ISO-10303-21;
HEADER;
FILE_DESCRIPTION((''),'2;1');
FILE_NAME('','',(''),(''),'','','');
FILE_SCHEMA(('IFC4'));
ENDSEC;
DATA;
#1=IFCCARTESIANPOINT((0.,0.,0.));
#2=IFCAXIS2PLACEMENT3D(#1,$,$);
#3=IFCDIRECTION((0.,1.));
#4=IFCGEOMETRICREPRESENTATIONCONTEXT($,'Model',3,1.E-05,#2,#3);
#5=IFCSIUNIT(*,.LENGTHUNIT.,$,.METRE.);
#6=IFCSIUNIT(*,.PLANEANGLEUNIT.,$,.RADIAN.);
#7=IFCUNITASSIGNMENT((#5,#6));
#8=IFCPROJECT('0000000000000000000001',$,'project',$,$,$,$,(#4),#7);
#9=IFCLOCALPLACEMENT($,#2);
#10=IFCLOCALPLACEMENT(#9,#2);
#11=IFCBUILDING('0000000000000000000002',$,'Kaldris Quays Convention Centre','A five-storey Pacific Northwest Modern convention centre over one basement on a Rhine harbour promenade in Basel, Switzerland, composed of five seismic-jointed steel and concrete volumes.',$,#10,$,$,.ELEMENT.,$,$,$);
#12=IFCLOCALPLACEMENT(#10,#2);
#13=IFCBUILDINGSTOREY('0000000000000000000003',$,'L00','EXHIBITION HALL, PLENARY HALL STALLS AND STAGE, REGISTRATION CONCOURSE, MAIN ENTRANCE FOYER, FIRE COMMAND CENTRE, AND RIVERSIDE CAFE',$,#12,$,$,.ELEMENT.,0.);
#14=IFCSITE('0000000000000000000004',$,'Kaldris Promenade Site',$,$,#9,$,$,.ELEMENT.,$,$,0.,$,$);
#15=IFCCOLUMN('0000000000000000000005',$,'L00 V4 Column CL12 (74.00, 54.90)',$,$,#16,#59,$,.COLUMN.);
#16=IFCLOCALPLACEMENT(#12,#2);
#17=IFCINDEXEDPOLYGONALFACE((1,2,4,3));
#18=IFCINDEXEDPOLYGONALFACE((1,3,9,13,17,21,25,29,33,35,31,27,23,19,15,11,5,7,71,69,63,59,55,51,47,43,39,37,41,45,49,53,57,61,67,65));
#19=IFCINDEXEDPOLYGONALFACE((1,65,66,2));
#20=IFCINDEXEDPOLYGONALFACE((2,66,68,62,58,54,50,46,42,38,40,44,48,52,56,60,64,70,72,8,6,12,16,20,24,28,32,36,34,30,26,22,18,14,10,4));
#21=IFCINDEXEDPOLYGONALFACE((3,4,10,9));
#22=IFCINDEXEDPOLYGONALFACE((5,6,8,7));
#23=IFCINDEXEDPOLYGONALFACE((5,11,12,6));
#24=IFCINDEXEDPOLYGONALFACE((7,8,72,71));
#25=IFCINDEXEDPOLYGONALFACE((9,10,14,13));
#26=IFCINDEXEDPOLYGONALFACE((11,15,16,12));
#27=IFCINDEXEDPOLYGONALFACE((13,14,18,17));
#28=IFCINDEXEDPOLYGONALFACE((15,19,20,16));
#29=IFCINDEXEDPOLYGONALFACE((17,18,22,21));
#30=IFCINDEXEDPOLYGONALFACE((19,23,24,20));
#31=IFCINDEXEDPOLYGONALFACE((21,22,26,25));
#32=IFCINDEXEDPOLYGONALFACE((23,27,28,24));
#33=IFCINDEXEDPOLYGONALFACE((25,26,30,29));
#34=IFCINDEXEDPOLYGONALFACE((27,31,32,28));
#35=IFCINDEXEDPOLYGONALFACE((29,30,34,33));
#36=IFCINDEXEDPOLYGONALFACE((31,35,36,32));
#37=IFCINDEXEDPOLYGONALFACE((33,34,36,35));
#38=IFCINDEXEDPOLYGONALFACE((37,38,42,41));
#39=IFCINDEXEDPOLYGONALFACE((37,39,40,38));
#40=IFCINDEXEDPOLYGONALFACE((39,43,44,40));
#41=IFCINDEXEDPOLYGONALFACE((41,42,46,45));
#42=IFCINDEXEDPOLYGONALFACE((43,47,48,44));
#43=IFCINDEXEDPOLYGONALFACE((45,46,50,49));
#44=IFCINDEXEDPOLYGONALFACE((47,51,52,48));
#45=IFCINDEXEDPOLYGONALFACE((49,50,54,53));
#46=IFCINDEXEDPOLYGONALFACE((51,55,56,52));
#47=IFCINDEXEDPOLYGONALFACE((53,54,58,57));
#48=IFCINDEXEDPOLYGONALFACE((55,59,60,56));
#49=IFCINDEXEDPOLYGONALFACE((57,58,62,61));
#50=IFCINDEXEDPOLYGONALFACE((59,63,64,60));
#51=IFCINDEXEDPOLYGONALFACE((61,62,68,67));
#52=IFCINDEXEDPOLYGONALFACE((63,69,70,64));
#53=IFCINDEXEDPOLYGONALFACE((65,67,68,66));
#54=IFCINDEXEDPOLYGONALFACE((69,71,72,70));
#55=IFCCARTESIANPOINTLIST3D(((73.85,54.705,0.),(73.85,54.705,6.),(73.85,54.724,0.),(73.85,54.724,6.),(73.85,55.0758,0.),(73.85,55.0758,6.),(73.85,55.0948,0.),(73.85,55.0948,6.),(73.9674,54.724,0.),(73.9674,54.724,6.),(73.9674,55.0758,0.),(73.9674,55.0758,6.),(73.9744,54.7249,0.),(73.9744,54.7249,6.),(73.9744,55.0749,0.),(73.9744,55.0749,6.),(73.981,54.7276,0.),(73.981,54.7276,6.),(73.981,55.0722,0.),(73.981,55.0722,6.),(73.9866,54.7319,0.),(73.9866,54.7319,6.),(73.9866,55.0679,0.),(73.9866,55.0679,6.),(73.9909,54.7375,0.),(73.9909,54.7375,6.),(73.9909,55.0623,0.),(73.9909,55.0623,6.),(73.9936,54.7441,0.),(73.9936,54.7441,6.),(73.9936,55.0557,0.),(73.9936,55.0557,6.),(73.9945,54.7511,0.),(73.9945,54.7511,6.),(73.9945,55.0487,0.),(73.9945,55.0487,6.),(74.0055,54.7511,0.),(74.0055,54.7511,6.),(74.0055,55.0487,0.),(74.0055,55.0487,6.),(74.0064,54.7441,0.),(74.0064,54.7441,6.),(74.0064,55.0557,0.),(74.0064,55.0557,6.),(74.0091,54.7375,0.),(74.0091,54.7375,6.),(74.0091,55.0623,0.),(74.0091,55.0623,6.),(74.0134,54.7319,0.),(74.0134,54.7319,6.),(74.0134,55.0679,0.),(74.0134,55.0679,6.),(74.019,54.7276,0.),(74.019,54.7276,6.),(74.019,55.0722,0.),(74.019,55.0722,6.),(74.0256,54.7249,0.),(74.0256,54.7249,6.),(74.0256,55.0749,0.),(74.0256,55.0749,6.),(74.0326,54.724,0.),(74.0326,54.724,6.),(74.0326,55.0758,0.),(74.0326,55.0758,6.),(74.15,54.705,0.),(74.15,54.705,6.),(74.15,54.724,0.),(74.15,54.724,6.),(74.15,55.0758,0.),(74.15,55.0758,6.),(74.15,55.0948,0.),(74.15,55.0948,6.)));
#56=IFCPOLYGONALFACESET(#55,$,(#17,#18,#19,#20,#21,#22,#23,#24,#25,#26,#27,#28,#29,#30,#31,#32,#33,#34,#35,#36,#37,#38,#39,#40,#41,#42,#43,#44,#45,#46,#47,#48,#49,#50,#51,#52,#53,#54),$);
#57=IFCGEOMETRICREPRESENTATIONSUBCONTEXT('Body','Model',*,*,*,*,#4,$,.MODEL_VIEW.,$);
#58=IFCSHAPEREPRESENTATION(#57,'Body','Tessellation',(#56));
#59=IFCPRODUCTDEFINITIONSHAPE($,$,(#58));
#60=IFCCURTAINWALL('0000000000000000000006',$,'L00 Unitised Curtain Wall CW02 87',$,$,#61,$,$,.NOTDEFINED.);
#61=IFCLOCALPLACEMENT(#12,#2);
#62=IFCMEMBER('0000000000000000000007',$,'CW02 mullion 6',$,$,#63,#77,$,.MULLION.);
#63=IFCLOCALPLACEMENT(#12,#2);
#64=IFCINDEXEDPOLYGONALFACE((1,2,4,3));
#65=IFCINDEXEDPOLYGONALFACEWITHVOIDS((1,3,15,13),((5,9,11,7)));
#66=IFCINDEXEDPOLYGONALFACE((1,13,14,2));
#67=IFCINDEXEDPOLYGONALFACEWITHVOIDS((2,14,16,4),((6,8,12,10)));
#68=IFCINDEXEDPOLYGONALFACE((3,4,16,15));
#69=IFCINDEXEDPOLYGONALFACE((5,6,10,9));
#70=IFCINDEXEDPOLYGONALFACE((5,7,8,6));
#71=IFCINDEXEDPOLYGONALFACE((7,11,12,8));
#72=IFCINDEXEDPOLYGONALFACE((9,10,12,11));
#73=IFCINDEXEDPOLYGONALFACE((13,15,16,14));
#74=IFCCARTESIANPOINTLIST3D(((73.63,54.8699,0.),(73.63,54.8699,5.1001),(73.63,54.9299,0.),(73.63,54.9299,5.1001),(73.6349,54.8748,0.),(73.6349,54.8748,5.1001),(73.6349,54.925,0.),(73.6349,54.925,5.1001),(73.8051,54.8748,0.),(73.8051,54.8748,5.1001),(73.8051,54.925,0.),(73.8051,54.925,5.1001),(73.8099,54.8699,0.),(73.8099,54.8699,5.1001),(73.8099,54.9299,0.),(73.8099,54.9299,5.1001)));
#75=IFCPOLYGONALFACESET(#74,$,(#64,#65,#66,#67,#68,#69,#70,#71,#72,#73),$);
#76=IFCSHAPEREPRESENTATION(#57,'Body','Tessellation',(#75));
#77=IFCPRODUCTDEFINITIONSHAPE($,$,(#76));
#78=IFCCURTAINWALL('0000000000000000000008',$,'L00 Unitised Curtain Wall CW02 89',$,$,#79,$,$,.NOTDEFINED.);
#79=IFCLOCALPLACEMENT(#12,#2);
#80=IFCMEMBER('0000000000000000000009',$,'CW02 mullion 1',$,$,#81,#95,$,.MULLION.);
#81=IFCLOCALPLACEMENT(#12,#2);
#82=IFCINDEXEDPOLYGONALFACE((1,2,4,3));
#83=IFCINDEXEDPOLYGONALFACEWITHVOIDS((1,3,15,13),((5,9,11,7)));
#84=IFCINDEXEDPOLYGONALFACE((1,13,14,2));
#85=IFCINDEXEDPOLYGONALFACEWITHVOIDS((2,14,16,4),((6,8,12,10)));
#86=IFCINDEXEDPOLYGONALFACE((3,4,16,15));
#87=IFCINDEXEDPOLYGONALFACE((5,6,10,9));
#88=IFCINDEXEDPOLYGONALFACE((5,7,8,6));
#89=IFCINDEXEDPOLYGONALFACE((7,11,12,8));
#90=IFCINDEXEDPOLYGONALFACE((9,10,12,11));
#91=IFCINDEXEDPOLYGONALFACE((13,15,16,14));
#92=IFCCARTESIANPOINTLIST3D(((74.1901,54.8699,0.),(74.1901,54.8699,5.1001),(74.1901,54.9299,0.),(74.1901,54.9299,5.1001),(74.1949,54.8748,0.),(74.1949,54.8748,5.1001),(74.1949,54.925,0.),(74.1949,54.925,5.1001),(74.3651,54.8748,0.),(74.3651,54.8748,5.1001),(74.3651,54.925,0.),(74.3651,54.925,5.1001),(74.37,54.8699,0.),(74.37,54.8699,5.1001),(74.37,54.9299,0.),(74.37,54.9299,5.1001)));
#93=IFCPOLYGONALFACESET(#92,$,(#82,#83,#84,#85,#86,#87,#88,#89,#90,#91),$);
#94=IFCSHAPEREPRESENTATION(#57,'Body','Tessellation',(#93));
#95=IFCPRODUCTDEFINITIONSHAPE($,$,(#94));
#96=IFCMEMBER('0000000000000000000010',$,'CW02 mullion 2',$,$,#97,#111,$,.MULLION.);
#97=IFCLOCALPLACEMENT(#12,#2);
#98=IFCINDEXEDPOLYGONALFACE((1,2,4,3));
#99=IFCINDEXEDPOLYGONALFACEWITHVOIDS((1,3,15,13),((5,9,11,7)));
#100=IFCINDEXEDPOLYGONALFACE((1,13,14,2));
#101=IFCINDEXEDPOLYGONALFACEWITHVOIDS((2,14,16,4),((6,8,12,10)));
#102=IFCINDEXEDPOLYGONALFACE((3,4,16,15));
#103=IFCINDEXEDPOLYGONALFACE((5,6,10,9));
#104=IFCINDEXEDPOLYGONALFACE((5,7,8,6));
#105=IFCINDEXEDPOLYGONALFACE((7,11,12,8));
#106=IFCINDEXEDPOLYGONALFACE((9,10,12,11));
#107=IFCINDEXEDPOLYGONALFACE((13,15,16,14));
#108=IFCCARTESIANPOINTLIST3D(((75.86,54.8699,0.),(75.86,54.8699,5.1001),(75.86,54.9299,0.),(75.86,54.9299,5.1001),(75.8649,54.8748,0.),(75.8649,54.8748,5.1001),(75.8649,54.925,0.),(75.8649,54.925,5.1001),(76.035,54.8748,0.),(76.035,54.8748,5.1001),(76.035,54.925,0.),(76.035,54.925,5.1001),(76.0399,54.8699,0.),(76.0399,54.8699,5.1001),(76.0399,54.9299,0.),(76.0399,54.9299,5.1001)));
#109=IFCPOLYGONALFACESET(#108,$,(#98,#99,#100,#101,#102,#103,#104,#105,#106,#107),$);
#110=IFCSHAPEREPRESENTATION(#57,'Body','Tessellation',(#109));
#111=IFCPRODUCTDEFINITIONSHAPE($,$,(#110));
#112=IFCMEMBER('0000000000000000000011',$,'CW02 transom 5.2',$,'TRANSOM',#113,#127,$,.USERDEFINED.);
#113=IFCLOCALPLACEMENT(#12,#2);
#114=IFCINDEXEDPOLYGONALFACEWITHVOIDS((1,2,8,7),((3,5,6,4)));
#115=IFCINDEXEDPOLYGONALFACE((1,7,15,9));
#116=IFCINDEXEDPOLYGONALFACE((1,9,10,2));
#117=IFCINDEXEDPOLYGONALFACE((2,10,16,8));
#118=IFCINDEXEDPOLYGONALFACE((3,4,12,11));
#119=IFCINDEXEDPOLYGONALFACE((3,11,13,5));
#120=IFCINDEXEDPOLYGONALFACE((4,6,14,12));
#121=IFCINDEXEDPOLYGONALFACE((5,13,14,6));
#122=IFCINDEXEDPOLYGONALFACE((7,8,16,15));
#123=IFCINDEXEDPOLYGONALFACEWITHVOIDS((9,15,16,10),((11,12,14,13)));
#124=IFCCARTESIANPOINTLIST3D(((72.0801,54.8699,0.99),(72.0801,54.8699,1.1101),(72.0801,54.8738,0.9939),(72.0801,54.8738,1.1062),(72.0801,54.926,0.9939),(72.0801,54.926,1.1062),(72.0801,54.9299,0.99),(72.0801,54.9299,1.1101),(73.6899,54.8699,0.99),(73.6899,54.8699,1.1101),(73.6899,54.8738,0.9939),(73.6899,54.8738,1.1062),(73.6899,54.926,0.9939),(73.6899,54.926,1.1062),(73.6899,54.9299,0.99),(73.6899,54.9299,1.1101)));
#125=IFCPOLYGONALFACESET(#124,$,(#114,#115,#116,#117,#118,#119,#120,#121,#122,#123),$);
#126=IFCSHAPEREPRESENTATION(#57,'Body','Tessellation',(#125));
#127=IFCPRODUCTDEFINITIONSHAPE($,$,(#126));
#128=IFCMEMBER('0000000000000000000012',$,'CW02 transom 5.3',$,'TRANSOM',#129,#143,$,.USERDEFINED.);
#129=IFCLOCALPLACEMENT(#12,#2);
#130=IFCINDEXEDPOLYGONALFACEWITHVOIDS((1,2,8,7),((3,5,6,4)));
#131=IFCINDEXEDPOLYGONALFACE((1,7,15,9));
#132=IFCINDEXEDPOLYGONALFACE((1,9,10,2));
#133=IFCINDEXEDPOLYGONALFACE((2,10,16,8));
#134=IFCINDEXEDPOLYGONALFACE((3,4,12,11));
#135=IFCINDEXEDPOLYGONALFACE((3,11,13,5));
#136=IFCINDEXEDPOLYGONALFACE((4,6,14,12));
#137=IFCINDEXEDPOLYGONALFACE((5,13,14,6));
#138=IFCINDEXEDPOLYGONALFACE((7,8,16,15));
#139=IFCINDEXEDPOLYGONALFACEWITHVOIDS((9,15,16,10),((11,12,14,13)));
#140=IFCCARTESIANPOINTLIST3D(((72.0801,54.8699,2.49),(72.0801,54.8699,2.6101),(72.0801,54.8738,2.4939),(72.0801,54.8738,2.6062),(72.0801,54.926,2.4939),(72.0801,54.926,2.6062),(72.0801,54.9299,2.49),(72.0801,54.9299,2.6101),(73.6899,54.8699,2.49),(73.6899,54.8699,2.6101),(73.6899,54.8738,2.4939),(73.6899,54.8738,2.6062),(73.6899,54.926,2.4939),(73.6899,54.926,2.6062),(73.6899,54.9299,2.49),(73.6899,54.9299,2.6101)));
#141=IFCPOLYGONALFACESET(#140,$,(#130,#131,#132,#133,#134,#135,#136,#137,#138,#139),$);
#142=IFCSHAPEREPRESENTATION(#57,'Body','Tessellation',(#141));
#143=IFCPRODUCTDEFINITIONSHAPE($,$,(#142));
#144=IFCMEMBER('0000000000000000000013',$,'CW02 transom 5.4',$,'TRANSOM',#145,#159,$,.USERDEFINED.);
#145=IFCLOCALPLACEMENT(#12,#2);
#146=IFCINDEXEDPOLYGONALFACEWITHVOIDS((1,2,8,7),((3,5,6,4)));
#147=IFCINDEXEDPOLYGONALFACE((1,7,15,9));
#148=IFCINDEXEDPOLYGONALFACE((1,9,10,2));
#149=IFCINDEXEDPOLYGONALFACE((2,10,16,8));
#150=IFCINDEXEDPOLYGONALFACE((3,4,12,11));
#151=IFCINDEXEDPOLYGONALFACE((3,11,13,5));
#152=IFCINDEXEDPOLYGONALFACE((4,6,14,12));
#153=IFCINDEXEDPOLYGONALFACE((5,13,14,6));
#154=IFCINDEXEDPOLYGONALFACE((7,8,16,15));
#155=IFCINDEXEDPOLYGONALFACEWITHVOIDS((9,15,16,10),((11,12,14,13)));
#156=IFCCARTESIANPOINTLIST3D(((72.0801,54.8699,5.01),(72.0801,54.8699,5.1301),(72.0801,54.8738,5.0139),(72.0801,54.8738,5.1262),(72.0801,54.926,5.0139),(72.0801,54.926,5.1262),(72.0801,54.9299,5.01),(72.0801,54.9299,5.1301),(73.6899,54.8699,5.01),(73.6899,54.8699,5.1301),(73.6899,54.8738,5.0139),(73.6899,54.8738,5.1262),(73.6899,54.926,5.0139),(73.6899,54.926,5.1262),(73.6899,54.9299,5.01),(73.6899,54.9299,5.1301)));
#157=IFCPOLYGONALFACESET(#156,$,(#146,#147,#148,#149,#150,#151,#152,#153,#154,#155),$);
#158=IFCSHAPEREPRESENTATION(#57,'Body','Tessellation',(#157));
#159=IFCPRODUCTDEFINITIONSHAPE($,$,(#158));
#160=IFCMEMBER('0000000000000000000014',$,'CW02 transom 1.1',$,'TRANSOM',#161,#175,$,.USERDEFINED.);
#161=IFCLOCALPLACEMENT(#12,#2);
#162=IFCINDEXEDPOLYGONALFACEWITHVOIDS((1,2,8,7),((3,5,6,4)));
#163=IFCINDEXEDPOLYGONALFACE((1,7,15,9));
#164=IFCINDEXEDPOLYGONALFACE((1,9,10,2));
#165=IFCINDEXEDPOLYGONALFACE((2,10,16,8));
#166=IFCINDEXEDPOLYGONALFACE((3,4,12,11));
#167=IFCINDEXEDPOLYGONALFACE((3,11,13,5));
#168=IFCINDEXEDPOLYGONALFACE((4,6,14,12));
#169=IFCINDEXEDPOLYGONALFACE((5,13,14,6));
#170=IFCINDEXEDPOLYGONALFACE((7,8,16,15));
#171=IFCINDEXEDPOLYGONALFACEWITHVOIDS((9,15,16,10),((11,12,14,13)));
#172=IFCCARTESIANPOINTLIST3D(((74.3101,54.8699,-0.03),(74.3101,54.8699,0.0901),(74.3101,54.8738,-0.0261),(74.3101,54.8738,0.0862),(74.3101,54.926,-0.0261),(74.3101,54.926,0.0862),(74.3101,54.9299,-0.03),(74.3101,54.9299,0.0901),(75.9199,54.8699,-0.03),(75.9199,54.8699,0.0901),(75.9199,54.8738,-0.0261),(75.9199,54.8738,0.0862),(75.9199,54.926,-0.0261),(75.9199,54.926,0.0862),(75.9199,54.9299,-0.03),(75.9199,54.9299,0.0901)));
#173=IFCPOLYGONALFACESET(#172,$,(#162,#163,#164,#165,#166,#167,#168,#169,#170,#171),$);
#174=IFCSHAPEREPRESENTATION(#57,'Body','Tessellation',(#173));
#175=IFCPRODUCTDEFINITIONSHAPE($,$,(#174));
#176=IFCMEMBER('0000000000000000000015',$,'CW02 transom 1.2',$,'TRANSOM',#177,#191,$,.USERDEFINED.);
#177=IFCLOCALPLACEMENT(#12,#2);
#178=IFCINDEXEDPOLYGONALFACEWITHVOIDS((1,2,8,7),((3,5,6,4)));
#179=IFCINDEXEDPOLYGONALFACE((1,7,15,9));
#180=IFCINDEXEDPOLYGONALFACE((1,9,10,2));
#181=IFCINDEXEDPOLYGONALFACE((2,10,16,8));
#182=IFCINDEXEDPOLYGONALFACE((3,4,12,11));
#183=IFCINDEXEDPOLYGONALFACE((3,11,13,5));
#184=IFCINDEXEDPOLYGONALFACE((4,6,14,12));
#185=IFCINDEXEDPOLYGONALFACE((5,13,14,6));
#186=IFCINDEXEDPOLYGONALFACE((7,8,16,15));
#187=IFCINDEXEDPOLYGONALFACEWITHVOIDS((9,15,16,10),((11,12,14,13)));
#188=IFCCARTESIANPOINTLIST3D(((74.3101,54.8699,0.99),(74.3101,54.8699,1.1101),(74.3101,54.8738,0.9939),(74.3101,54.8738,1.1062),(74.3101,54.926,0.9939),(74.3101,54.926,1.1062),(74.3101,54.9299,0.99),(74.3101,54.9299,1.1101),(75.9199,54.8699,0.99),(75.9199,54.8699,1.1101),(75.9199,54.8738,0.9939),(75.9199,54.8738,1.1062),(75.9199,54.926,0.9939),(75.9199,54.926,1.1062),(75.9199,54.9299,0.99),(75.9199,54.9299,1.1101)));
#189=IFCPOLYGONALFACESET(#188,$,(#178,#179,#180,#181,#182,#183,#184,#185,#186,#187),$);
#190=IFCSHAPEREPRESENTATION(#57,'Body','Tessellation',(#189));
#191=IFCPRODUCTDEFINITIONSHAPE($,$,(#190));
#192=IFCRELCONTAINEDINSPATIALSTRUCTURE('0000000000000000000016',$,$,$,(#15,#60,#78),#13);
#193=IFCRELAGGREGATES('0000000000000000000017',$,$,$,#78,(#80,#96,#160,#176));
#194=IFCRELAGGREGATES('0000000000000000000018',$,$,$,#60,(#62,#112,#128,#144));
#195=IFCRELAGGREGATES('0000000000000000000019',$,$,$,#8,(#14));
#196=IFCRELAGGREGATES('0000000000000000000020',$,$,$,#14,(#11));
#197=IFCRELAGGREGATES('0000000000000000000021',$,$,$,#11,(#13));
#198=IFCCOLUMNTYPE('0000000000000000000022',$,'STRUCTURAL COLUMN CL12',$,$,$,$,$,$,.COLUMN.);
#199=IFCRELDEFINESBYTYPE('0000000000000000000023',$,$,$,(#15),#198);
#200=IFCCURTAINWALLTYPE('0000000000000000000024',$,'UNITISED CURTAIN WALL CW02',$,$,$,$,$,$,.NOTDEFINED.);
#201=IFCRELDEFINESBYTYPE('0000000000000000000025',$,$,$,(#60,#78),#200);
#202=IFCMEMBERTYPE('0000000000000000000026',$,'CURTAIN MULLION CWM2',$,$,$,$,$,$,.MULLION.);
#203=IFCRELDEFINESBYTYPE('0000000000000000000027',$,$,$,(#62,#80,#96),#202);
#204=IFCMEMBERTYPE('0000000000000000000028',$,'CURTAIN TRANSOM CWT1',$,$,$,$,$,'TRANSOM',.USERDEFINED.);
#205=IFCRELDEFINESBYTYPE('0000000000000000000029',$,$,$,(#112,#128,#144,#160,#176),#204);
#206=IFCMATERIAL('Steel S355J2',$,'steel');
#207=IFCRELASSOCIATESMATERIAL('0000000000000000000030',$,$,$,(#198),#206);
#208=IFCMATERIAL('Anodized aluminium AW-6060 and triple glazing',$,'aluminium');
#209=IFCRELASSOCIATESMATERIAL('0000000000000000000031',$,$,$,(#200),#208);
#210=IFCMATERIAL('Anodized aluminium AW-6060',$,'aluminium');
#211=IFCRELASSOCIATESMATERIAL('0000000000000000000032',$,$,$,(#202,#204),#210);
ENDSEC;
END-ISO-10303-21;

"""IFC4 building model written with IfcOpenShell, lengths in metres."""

from ifc_helpers import new_model, si_unit, direction, frame, origin, origin_2d, place, context, subcontext, project, spatial, hollow_rectangle, i_section, extrude, material, material_profile, profile_set, type_object, element, aggregate, save


model = new_model("IFC4")

# Units and contexts
model_context = context("Model", 3, precision=1e-05, world=origin(), true_north=direction((0.0, 1.0)))
body_context = subcontext(model_context, "Body", "Model", "MODEL_VIEW")
ifc_project = project(units=[si_unit("LENGTHUNIT", "METRE"), si_unit("PLANEANGLEUNIT", "RADIAN")], contexts=[model_context])

# Site, building, storey
site_placement = place(None, origin())
site = spatial("IfcSite", under=ifc_project, at=site_placement, Name="Kaldris Promenade Site", CompositionType="ELEMENT", RefElevation=0.0)
building_placement = place(site_placement, origin())
building = spatial("IfcBuilding", under=site, at=building_placement, Name="Kaldris Quays Convention Centre", Description="A five-storey Pacific Northwest Modern convention centre over one basement on a Rhine harbour promenade in Basel, Switzerland, composed of five seismic-jointed steel and concrete volumes.", CompositionType="ELEMENT")
storey_placement = place(building_placement, origin())
storey = spatial("IfcBuildingStorey", under=building, at=storey_placement, Name="L00", Description="EXHIBITION HALL, PLENARY HALL STALLS AND STAGE, REGISTRATION CONCOURSE, MAIN ENTRANCE FOYER, FIRE COMMAND CENTRE, AND RIVERSIDE CAFE", CompositionType="ELEMENT", Elevation=0.0)

# Column
ifc_material_1 = material(Name="Steel S355J2", Category="steel")
ifc_material_profile_1 = material_profile(ifc_material_1, i_section(OverallWidth=0.3, OverallDepth=0.3899, WebThickness=0.011, FlangeThickness=0.019, FilletRadius=0.0271, at=origin_2d()), Name="HEA 400")
ifc_profile_set_1 = profile_set([ifc_material_profile_1], Name="Steel S355J2")
column_type = type_object("IfcColumnType", Name="STRUCTURAL COLUMN CL12", PredefinedType="COLUMN", material=ifc_profile_set_1)
column_placement = place(storey_placement, frame((74.0, 54.8999, 0.0), z_axis=(0.0, 0.0, 1.0), x_axis=(1.0, 0.0, 0.0)))
element("IfcColumn", 1, at=column_placement, inside=storey, type_object=column_type, Name="L00 V4 Column CL12 (74.00, 54.90)", PredefinedType="COLUMN", context=body_context, shape_type="SweptSolid", body=[
    extrude(i_section(OverallWidth=0.3, OverallDepth=0.3899, WebThickness=0.011, FlangeThickness=0.019, FilletRadius=0.0271, at=origin_2d()), origin(), (0.0, 0.0, 1.0), 6.0),
])

# Curtain wall, member
ifc_material_2 = material(Name="Anodized aluminium AW-6060 and triple glazing", Category="aluminium")
curtain_wall_type = type_object("IfcCurtainWallType", Name="UNITISED CURTAIN WALL CW02", PredefinedType="NOTDEFINED", material=ifc_material_2)
curtain_wall_1_placement = place(storey_placement, origin())
curtain_wall_1 = element("IfcCurtainWall", 2, at=curtain_wall_1_placement, inside=storey, type_object=curtain_wall_type, Name="L00 Unitised Curtain Wall CW02 87", PredefinedType="NOTDEFINED")
ifc_material_3 = material(Name="Anodized aluminium AW-6060", Category="aluminium")
ifc_material_profile_2 = material_profile(ifc_material_3, hollow_rectangle(XDim=0.0601, YDim=0.1799, WallThickness=0.0049, at=origin_2d()), Name="RHS 180x60x5")
ifc_profile_set_2 = profile_set([ifc_material_profile_2], Name="Anodized aluminium AW-6060")
member_type_1 = type_object("IfcMemberType", Name="CURTAIN MULLION CWM2", PredefinedType="MULLION", material=ifc_profile_set_2)
member_1_placement = place(storey_placement, frame((73.72, 54.8999, 0.0), z_axis=(0.0, 0.0, 1.0), x_axis=(0.0, 1.0, 0.0)))
member_1 = element("IfcMember", 3, at=member_1_placement, type_object=member_type_1, Name="CW02 mullion 6", PredefinedType="MULLION", context=body_context, shape_type="SweptSolid", body=[
    extrude(hollow_rectangle(XDim=0.0601, YDim=0.1799, WallThickness=0.0049, at=origin_2d()), origin(), (0.0, 0.0, 1.0), 5.1001),
])

# Curtain wall, members
curtain_wall_2_placement = place(storey_placement, origin())
curtain_wall_2 = element("IfcCurtainWall", 4, at=curtain_wall_2_placement, inside=storey, type_object=curtain_wall_type, Name="L00 Unitised Curtain Wall CW02 89", PredefinedType="NOTDEFINED")
member_2_placement = place(storey_placement, frame((74.28, 54.8999, 0.0), z_axis=(0.0, 0.0, 1.0), x_axis=(0.0, 1.0, 0.0)))
member_2 = element("IfcMember", 5, at=member_2_placement, type_object=member_type_1, Name="CW02 mullion 1", PredefinedType="MULLION", context=body_context, shape_type="SweptSolid", body=[
    extrude(hollow_rectangle(XDim=0.0601, YDim=0.1799, WallThickness=0.0049, at=origin_2d()), origin(), (0.0, 0.0, 1.0), 5.1001),
])
member_3_placement = place(storey_placement, frame((75.95, 54.8999, 0.0), z_axis=(0.0, 0.0, 1.0), x_axis=(0.0, 1.0, 0.0)))
member_3 = element("IfcMember", 6, at=member_3_placement, type_object=member_type_1, Name="CW02 mullion 2", PredefinedType="MULLION", context=body_context, shape_type="SweptSolid", body=[
    extrude(hollow_rectangle(XDim=0.0601, YDim=0.1799, WallThickness=0.0049, at=origin_2d()), origin(), (0.0, 0.0, 1.0), 5.1001),
])

# Members
ifc_material_profile_3 = material_profile(ifc_material_3, hollow_rectangle(XDim=0.0601, YDim=0.1201, WallThickness=0.0039, at=origin_2d()), Name="RHS 120x60x4")
ifc_profile_set_3 = profile_set([ifc_material_profile_3], Name="Anodized aluminium AW-6060")
member_type_2 = type_object("IfcMemberType", Name="CURTAIN TRANSOM CWT1", ElementType="TRANSOM", PredefinedType="USERDEFINED", material=ifc_profile_set_3)
member_4_placement = place(storey_placement, frame((72.0801, 54.8999, 1.05), z_axis=(1.0, 0.0, 0.0), x_axis=(0.0, 1.0, 0.0)))
member_4 = element("IfcMember", 7, at=member_4_placement, type_object=member_type_2, Name="CW02 transom 5.2", ObjectType="TRANSOM", PredefinedType="USERDEFINED", context=body_context, shape_type="SweptSolid", body=[
    extrude(hollow_rectangle(XDim=0.0601, YDim=0.1201, WallThickness=0.0039, at=origin_2d()), origin(), (0.0, 0.0, 1.0), 1.6099),
])
member_5_placement = place(storey_placement, frame((72.0801, 54.8999, 2.55), z_axis=(1.0, 0.0, 0.0), x_axis=(0.0, 1.0, 0.0)))
member_5 = element("IfcMember", 8, at=member_5_placement, type_object=member_type_2, Name="CW02 transom 5.3", ObjectType="TRANSOM", PredefinedType="USERDEFINED", context=body_context, shape_type="SweptSolid", body=[
    extrude(hollow_rectangle(XDim=0.0601, YDim=0.1201, WallThickness=0.0039, at=origin_2d()), origin(), (0.0, 0.0, 1.0), 1.6099),
])
member_6_placement = place(storey_placement, frame((72.0801, 54.8999, 5.0701), z_axis=(1.0, 0.0, 0.0), x_axis=(0.0, 1.0, 0.0)))
member_6 = element("IfcMember", 9, at=member_6_placement, type_object=member_type_2, Name="CW02 transom 5.4", ObjectType="TRANSOM", PredefinedType="USERDEFINED", context=body_context, shape_type="SweptSolid", body=[
    extrude(hollow_rectangle(XDim=0.0601, YDim=0.1201, WallThickness=0.0039, at=origin_2d()), origin(), (0.0, 0.0, 1.0), 1.6099),
])
member_7_placement = place(storey_placement, frame((74.3101, 54.8999, 0.03), z_axis=(1.0, 0.0, 0.0), x_axis=(0.0, 1.0, 0.0)))
member_7 = element("IfcMember", 10, at=member_7_placement, type_object=member_type_2, Name="CW02 transom 1.1", ObjectType="TRANSOM", PredefinedType="USERDEFINED", context=body_context, shape_type="SweptSolid", body=[
    extrude(hollow_rectangle(XDim=0.0601, YDim=0.1201, WallThickness=0.0039, at=origin_2d()), origin(), (0.0, 0.0, 1.0), 1.6099),
])
member_8_placement = place(storey_placement, frame((74.3101, 54.8999, 1.05), z_axis=(1.0, 0.0, 0.0), x_axis=(0.0, 1.0, 0.0)))
member_8 = element("IfcMember", 11, at=member_8_placement, type_object=member_type_2, Name="CW02 transom 1.2", ObjectType="TRANSOM", PredefinedType="USERDEFINED", context=body_context, shape_type="SweptSolid", body=[
    extrude(hollow_rectangle(XDim=0.0601, YDim=0.1201, WallThickness=0.0039, at=origin_2d()), origin(), (0.0, 0.0, 1.0), 1.6099),
])

aggregate(curtain_wall_2, [member_2, member_3, member_7, member_8])
aggregate(curtain_wall_1, [member_1, member_4, member_5, member_6])

save(model, "model.ifc")
